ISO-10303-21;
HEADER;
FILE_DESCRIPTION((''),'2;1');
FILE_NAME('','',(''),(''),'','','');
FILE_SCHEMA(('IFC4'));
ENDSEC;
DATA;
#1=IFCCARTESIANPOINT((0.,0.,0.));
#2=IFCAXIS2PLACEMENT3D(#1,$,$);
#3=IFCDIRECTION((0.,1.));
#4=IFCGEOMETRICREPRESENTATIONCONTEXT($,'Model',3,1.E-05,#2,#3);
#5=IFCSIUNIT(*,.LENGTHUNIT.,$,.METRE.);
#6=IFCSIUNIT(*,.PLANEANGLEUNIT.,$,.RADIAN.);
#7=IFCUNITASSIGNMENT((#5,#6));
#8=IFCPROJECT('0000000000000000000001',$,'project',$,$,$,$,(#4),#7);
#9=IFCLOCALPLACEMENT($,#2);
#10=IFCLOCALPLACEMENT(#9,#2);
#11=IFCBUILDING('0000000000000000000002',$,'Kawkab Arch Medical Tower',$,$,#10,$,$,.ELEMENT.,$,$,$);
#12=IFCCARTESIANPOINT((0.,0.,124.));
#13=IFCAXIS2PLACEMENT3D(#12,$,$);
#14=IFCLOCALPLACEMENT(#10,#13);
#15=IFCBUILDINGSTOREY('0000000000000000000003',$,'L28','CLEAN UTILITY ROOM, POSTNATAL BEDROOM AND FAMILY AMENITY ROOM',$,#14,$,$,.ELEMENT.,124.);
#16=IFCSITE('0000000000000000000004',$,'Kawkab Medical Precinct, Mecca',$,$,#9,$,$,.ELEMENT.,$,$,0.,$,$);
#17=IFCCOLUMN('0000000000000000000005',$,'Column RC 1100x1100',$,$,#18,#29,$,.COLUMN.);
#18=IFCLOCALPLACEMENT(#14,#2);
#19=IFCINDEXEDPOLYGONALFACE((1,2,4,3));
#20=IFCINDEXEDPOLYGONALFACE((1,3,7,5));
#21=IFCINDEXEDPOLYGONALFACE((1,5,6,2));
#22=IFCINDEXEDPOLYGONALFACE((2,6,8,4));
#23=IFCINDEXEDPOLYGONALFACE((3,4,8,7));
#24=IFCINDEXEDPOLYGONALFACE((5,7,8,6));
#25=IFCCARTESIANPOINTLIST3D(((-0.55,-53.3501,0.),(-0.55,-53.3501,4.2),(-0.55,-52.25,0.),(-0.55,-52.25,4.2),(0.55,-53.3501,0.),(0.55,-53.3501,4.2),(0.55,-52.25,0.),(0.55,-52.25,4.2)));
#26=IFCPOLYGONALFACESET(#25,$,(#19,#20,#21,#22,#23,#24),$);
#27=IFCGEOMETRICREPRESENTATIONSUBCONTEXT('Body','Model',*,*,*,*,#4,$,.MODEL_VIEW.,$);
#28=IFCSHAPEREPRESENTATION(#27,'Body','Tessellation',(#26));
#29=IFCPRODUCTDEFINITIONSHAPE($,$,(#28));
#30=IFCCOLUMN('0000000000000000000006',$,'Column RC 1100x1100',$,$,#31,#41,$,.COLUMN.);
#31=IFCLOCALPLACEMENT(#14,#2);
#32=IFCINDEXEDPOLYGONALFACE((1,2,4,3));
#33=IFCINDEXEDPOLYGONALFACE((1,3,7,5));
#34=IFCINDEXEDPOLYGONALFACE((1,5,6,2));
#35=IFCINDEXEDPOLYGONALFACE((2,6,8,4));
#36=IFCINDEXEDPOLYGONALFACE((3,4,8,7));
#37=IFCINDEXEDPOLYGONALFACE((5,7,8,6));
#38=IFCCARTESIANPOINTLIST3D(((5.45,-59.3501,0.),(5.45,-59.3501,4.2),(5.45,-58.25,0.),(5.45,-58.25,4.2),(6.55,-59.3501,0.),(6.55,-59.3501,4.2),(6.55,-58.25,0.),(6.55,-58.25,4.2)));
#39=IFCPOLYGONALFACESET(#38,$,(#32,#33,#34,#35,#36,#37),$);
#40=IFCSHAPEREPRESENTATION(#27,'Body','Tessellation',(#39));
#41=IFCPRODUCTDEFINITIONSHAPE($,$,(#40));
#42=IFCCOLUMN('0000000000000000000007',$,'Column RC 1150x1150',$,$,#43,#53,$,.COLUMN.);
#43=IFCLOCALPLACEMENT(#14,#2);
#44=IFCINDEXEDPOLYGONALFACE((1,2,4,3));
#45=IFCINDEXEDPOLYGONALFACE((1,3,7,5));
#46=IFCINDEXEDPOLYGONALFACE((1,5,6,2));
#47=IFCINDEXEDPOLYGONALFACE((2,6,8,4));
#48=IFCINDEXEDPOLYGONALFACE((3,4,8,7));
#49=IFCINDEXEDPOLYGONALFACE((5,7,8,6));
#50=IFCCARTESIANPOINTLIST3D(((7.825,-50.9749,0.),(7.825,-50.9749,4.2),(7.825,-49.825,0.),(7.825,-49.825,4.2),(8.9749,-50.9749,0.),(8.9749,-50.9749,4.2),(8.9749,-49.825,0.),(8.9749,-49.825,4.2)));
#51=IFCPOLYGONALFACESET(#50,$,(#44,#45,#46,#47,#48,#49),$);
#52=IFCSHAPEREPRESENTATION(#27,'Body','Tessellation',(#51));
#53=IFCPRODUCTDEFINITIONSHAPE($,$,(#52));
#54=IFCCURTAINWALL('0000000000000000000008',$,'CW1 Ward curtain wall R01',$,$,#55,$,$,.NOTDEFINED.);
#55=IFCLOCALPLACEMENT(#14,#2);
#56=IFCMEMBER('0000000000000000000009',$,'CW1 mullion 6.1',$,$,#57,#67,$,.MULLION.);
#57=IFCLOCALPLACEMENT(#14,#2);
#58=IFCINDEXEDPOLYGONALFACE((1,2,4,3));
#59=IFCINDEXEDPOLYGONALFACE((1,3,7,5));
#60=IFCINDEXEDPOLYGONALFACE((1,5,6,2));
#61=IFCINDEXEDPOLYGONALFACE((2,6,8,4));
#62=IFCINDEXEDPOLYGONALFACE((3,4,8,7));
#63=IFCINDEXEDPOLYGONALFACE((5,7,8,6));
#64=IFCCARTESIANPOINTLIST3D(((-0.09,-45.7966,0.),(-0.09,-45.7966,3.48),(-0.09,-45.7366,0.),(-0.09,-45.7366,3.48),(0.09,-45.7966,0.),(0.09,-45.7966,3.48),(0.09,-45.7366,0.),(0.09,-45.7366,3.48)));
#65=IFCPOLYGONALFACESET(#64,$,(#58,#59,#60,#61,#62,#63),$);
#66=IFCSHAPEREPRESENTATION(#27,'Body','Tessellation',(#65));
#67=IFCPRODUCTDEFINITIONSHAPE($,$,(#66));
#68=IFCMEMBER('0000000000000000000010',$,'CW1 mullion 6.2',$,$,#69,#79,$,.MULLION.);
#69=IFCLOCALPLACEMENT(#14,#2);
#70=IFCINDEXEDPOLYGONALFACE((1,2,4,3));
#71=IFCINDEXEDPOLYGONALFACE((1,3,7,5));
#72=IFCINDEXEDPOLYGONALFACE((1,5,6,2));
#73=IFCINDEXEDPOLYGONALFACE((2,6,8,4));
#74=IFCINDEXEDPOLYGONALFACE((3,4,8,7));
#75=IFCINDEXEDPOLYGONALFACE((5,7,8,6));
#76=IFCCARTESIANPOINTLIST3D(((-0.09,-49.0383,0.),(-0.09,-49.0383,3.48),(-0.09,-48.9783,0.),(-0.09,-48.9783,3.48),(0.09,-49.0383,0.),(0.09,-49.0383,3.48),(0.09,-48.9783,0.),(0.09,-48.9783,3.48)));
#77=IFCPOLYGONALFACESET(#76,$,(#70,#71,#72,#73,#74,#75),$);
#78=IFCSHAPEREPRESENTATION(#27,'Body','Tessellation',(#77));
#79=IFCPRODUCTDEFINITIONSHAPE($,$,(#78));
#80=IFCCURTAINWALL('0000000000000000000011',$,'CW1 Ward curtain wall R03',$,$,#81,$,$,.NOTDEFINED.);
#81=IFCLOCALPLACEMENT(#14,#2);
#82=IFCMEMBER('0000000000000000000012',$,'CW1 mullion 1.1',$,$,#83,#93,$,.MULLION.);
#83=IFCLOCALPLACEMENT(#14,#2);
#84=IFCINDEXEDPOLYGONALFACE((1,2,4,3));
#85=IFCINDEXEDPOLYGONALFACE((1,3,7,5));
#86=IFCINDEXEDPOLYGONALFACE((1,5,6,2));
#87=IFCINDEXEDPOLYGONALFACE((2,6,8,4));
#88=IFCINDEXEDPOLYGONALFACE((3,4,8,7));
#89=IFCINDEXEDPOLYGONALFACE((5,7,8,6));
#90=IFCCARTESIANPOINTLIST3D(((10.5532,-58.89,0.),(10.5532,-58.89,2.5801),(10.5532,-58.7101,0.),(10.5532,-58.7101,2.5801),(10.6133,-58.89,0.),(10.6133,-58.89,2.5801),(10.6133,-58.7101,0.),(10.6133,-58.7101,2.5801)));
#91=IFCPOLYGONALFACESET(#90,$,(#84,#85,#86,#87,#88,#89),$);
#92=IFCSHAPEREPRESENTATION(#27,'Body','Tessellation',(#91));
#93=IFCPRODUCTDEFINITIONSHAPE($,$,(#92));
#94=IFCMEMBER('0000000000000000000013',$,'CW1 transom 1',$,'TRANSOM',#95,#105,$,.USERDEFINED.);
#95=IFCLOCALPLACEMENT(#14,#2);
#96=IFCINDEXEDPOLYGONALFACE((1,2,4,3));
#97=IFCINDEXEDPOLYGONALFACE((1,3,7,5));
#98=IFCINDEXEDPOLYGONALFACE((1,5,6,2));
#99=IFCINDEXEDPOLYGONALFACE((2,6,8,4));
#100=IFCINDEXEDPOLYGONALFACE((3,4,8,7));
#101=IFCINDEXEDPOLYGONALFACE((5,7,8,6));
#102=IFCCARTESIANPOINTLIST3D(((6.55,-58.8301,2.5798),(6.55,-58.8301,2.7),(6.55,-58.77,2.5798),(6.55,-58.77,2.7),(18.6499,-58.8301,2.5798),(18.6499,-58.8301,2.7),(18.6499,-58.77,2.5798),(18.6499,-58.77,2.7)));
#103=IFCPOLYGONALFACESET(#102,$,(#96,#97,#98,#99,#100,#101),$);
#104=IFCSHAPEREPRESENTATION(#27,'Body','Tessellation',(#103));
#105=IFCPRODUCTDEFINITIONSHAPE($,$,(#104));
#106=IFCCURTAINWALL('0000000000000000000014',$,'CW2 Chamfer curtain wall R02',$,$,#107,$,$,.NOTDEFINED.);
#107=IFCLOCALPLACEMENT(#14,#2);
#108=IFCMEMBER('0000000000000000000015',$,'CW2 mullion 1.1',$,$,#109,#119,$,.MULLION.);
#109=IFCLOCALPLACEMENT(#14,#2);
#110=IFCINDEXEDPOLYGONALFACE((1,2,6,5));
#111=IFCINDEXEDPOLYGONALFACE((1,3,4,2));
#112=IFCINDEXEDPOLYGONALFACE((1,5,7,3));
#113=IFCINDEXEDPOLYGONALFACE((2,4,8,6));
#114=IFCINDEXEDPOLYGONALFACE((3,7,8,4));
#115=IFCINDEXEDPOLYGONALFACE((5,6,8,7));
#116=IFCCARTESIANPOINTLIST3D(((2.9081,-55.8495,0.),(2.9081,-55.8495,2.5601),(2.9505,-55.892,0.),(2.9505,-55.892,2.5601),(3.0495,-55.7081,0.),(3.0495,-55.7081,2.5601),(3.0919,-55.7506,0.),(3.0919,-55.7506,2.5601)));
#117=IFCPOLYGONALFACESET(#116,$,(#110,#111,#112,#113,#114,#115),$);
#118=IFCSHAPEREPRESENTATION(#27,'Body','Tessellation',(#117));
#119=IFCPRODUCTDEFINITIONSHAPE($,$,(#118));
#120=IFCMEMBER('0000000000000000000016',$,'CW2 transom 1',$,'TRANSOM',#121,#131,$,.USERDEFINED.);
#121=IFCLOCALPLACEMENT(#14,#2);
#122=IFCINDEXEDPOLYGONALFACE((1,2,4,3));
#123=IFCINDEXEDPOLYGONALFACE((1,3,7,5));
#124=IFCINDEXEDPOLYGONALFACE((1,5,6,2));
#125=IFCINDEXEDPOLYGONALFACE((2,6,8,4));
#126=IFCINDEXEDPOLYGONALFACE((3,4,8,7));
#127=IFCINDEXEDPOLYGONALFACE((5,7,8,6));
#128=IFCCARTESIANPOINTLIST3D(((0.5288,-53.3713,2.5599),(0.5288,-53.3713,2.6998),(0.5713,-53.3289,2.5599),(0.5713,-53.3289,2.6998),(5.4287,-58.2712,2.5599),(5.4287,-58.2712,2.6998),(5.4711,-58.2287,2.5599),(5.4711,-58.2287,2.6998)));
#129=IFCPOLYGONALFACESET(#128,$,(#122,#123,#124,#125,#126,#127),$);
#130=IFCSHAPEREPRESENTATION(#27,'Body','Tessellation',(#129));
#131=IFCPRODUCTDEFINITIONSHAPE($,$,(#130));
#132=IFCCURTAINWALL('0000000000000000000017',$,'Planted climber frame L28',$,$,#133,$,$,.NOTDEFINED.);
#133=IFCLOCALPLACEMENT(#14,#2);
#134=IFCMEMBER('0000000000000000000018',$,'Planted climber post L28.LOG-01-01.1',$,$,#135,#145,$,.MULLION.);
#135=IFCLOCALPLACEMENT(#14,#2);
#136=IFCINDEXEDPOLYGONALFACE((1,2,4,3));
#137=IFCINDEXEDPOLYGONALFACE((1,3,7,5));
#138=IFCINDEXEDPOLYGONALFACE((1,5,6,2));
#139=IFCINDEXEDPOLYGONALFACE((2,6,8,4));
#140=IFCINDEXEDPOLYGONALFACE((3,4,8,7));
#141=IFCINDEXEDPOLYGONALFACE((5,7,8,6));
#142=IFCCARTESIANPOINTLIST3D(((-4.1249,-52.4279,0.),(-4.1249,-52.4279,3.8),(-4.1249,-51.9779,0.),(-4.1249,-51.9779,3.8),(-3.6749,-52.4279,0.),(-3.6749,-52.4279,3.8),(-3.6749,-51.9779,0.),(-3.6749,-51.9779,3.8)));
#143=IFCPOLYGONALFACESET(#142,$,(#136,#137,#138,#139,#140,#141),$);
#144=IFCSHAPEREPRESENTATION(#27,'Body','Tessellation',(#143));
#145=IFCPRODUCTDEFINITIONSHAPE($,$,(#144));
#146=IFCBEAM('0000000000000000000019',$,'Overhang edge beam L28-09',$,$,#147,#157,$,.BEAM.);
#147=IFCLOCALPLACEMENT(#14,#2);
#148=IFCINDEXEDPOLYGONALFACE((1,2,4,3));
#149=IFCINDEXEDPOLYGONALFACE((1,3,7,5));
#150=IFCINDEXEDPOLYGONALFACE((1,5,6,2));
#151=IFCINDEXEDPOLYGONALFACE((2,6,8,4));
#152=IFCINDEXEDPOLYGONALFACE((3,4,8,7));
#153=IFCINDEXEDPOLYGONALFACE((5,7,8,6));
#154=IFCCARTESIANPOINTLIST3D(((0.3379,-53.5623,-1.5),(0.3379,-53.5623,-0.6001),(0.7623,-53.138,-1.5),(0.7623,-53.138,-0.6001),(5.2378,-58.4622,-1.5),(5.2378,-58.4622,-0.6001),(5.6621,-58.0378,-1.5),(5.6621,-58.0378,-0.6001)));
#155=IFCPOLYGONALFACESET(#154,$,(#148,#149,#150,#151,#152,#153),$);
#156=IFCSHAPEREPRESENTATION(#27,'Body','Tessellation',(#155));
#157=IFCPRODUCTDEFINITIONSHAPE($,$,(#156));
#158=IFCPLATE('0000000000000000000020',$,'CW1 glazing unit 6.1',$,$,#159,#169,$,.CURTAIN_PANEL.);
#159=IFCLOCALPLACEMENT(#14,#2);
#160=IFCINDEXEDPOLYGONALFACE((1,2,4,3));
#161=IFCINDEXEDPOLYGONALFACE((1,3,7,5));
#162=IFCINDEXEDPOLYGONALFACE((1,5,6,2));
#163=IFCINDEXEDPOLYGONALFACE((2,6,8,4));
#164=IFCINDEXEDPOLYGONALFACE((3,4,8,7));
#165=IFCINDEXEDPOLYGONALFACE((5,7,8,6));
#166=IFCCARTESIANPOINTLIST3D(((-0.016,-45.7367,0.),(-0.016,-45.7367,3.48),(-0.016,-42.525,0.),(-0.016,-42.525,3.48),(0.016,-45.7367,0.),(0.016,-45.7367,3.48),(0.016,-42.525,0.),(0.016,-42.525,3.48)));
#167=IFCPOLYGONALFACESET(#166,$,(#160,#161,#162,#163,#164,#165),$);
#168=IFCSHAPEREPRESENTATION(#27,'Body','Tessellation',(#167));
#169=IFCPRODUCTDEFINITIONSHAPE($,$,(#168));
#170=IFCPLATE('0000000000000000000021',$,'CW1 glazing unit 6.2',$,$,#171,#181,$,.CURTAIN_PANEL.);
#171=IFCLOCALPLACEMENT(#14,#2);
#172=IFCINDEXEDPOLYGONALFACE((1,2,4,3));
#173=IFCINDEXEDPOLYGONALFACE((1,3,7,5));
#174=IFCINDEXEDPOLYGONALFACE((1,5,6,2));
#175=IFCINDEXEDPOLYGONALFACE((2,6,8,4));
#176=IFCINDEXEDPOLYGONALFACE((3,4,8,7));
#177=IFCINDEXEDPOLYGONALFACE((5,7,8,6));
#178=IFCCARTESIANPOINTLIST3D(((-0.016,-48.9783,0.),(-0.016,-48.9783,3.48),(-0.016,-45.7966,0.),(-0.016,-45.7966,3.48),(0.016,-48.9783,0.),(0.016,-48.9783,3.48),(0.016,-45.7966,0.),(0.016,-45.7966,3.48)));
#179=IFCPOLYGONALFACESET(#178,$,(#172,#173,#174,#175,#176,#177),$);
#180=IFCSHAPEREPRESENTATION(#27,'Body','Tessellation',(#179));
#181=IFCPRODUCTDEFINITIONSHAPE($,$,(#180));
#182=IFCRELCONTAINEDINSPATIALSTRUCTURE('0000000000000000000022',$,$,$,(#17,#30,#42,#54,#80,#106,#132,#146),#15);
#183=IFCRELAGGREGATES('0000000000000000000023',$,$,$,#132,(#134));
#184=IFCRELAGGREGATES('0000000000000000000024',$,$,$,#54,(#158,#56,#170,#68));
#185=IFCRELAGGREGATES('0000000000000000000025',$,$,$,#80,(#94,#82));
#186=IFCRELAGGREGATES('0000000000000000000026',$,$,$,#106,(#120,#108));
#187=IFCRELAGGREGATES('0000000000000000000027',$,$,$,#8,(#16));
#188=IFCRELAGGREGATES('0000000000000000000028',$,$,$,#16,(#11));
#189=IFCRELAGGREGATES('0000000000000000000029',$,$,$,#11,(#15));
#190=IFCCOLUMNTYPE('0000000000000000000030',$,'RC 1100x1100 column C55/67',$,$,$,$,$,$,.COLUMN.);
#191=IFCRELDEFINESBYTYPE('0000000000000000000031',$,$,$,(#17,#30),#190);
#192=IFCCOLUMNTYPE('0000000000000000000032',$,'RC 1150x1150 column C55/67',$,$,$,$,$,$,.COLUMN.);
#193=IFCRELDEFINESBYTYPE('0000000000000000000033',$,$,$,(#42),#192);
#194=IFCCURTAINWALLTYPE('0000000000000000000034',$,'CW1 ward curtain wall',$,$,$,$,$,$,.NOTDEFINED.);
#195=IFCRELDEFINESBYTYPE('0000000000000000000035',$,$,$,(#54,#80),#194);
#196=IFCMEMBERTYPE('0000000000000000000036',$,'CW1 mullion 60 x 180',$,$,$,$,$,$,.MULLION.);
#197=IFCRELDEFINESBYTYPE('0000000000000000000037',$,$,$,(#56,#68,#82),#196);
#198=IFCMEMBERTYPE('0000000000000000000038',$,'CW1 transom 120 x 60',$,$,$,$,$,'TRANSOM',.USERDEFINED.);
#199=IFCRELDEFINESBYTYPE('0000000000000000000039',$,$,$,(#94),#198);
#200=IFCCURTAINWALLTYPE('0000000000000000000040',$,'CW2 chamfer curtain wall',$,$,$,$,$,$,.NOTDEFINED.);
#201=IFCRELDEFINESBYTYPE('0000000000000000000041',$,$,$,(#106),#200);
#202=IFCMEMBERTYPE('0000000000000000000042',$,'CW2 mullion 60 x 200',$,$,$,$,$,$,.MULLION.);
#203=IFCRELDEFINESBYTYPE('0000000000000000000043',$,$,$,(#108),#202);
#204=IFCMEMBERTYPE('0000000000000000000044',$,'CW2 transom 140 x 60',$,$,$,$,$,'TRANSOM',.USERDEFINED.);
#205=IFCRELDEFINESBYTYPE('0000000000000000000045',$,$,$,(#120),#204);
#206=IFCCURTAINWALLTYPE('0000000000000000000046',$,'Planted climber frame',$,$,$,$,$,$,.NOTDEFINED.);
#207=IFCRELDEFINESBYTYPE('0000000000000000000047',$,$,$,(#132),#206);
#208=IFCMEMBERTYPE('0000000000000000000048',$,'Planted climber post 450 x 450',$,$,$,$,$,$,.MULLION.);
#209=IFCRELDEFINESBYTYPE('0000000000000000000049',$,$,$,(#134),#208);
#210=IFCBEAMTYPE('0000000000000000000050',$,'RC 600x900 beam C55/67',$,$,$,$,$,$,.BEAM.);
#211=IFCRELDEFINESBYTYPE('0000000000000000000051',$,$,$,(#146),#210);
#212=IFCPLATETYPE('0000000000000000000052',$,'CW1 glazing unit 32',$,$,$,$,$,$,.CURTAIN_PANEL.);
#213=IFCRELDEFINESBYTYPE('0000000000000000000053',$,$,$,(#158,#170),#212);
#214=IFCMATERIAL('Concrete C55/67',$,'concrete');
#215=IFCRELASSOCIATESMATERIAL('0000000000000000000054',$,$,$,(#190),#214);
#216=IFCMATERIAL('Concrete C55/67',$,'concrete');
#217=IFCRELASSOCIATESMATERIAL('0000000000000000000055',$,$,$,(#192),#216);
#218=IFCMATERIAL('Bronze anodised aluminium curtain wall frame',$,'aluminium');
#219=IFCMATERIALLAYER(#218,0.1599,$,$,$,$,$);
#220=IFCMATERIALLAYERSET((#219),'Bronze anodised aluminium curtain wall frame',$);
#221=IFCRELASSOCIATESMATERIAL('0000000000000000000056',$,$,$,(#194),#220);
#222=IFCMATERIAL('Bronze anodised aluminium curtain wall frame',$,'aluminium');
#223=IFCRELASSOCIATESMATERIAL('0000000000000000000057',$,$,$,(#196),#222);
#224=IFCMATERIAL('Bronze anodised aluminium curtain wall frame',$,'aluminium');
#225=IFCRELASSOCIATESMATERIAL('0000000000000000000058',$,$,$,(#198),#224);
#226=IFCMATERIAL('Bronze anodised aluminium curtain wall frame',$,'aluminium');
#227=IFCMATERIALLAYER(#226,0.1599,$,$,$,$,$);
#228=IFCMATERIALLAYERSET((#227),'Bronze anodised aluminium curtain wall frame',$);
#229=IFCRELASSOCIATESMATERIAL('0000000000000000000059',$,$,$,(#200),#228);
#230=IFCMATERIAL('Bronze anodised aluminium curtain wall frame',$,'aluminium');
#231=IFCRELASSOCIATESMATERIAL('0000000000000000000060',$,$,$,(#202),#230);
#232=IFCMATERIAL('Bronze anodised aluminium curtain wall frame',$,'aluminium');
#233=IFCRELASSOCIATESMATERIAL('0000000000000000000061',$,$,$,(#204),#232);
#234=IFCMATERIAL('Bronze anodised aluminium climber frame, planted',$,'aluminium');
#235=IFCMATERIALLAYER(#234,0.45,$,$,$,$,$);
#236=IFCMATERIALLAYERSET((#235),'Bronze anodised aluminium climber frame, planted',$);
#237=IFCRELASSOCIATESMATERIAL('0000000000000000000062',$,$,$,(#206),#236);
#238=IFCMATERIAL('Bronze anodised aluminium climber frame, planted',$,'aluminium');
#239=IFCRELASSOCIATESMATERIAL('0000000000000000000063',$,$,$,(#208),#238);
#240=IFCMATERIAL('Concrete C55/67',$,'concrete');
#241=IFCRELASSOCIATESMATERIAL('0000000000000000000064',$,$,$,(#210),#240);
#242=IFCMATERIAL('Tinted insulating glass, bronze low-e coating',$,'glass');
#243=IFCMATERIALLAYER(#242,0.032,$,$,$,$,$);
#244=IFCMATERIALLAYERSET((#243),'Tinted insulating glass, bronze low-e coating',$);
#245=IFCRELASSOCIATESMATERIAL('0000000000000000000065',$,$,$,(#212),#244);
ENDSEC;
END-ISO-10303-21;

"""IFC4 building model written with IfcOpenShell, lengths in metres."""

from ifc_helpers import new_model, si_unit, direction, frame, origin, origin_2d, place, context, subcontext, project, spatial, rectangle, extrude, material, layer, layer_set, material_profile, profile_set, type_object, element, aggregate, save


model = new_model("IFC4")

# Units and contexts
model_context = context("Model", 3, precision=1e-05, world=origin(), true_north=direction((0.0, 1.0)))
body_context = subcontext(model_context, "Body", "Model", "MODEL_VIEW")
ifc_project = project(units=[si_unit("LENGTHUNIT", "METRE"), si_unit("PLANEANGLEUNIT", "RADIAN")], contexts=[model_context])

# Site, building, storey
site_placement = place(None, origin())
site = spatial("IfcSite", under=ifc_project, at=site_placement, Name="Kawkab Medical Precinct, Mecca", CompositionType="ELEMENT", RefElevation=0.0)
building_placement = place(site_placement, origin())
building = spatial("IfcBuilding", under=site, at=building_placement, Name="Kawkab Arch Medical Tower", CompositionType="ELEMENT")
storey_placement = place(building_placement, frame((0.0, 0.0, 124.0)))
storey = spatial("IfcBuildingStorey", under=building, at=storey_placement, Name="L28", Description="CLEAN UTILITY ROOM, POSTNATAL BEDROOM AND FAMILY AMENITY ROOM", CompositionType="ELEMENT", Elevation=124.0)

# Columns
ifc_material_1 = material(Name="Concrete C55/67", Category="concrete")
ifc_material_profile_1 = material_profile(ifc_material_1, rectangle(XDim=1.1001, YDim=1.1001, at=origin_2d()), Name="RC 1100x1100")
ifc_profile_set_1 = profile_set([ifc_material_profile_1], Name="Concrete C55/67")
column_type_1 = type_object("IfcColumnType", Name="RC 1100x1100 column C55/67", PredefinedType="COLUMN", material=ifc_profile_set_1)
for number, where, z_axis, x_axis, name in (
    (1, (0.0, -52.8, 0.0), (0.0, 0.0, 1.0), (1.0, 0.0, 0.0), "Column RC 1100x1100"),
    (2, (6.0, -58.8, 0.0), (0.0, 0.0, 1.0), (1.0, 0.0, 0.0), "Column RC 1100x1100"),
):
    element("IfcColumn", number, at=place(storey_placement, frame(where, z_axis=z_axis, x_axis=x_axis)), inside=storey, type_object=column_type_1, Name=name, PredefinedType="COLUMN", context=body_context, shape_type="SweptSolid", body=[
        extrude(rectangle(XDim=1.1001, YDim=1.1001, at=origin_2d()), origin(), (0.0, 0.0, 1.0), 4.2),
    ])
ifc_material_2 = material(Name="Concrete C55/67", Category="concrete")
ifc_material_profile_2 = material_profile(ifc_material_2, rectangle(XDim=1.1499, YDim=1.1499, at=origin_2d()), Name="RC 1150x1150")
ifc_profile_set_2 = profile_set([ifc_material_profile_2], Name="Concrete C55/67")
column_type_2 = type_object("IfcColumnType", Name="RC 1150x1150 column C55/67", PredefinedType="COLUMN", material=ifc_profile_set_2)
column_placement = place(storey_placement, frame((8.3999, -50.3999, 0.0), z_axis=(0.0, 0.0, 1.0), x_axis=(1.0, 0.0, 0.0)))
element("IfcColumn", 3, at=column_placement, inside=storey, type_object=column_type_2, Name="Column RC 1150x1150", PredefinedType="COLUMN", context=body_context, shape_type="SweptSolid", body=[
    extrude(rectangle(XDim=1.1499, YDim=1.1499, at=origin_2d()), origin(), (0.0, 0.0, 1.0), 4.2),
])

# Curtain walls, members
ifc_material_3 = material(Name="Bronze anodised aluminium curtain wall frame", Category="aluminium")
ifc_layer_1 = layer(ifc_material_3, 0.1599)
ifc_layer_set_1 = layer_set([ifc_layer_1], Name="Bronze anodised aluminium curtain wall frame")
curtain_wall_type_1 = type_object("IfcCurtainWallType", Name="CW1 ward curtain wall", PredefinedType="NOTDEFINED", material=ifc_layer_set_1)
placement = place(storey_placement, origin())
curtain_wall_1 = element("IfcCurtainWall", 4, at=placement, inside=storey, type_object=curtain_wall_type_1, Name="CW1 Ward curtain wall R01", PredefinedType="NOTDEFINED")
ifc_material_4 = material(Name="Bronze anodised aluminium curtain wall frame", Category="aluminium")
ifc_material_profile_3 = material_profile(ifc_material_4, rectangle(XDim=0.1799, YDim=0.0601, at=origin_2d()), Name="AL 60x180")
ifc_profile_set_3 = profile_set([ifc_material_profile_3], Name="Bronze anodised aluminium curtain wall frame")
member_type_1 = type_object("IfcMemberType", Name="CW1 mullion 60 x 180", PredefinedType="MULLION", material=ifc_profile_set_3)
member_1_placement = place(storey_placement, frame((0.0, -45.7666, 0.0), z_axis=(0.0, 0.0, 1.0), x_axis=(1.0, 0.0, 0.0)))
member_1 = element("IfcMember", 5, at=member_1_placement, type_object=member_type_1, Name="CW1 mullion 6.1", PredefinedType="MULLION", context=body_context, shape_type="SweptSolid", body=[
    extrude(rectangle(XDim=0.1799, YDim=0.0601, at=origin_2d()), origin(), (0.0, 0.0, 1.0), 3.48),
])
member_2_placement = place(storey_placement, frame((0.0, -49.0083, 0.0), z_axis=(0.0, 0.0, 1.0), x_axis=(1.0, 0.0, 0.0)))
member_2 = element("IfcMember", 6, at=member_2_placement, type_object=member_type_1, Name="CW1 mullion 6.2", PredefinedType="MULLION", context=body_context, shape_type="SweptSolid", body=[
    extrude(rectangle(XDim=0.1799, YDim=0.0601, at=origin_2d()), origin(), (0.0, 0.0, 1.0), 3.48),
])
curtain_wall_2 = element("IfcCurtainWall", 7, at=placement, inside=storey, type_object=curtain_wall_type_1, Name="CW1 Ward curtain wall R03", PredefinedType="NOTDEFINED")
member_3_placement = place(storey_placement, frame((10.5833, -58.8, 0.0), z_axis=(0.0, 0.0, 1.0), x_axis=(0.0, 1.0, 0.0)))
member_3 = element("IfcMember", 8, at=member_3_placement, type_object=member_type_1, Name="CW1 mullion 1.1", PredefinedType="MULLION", context=body_context, shape_type="SweptSolid", body=[
    extrude(rectangle(XDim=0.1799, YDim=0.0601, at=origin_2d()), origin(), (0.0, 0.0, 1.0), 2.5801),
])
ifc_material_5 = material(Name="Bronze anodised aluminium curtain wall frame", Category="aluminium")
ifc_material_profile_4 = material_profile(ifc_material_5, rectangle(XDim=0.0601, YDim=0.1201, at=origin_2d()), Name="AL 60x120")
ifc_profile_set_4 = profile_set([ifc_material_profile_4], Name="Bronze anodised aluminium curtain wall frame")
member_type_2 = type_object("IfcMemberType", Name="CW1 transom 120 x 60", ElementType="TRANSOM", PredefinedType="USERDEFINED", material=ifc_profile_set_4)
member_4_placement = place(storey_placement, frame((6.55, -58.8, 2.6399), z_axis=(1.0, 0.0, 0.0), x_axis=(0.0, 1.0, 0.0)))
member_4 = element("IfcMember", 9, at=member_4_placement, type_object=member_type_2, Name="CW1 transom 1", ObjectType="TRANSOM", PredefinedType="USERDEFINED", context=body_context, shape_type="SweptSolid", body=[
    extrude(rectangle(XDim=0.0601, YDim=0.1201, at=origin_2d()), origin(), (0.0, 0.0, 1.0), 12.0999),
])
ifc_material_6 = material(Name="Bronze anodised aluminium curtain wall frame", Category="aluminium")
ifc_layer_2 = layer(ifc_material_6, 0.1599)
ifc_layer_set_2 = layer_set([ifc_layer_2], Name="Bronze anodised aluminium curtain wall frame")
curtain_wall_type_2 = type_object("IfcCurtainWallType", Name="CW2 chamfer curtain wall", PredefinedType="NOTDEFINED", material=ifc_layer_set_2)
curtain_wall_3 = element("IfcCurtainWall", 10, at=placement, inside=storey, type_object=curtain_wall_type_2, Name="CW2 Chamfer curtain wall R02", PredefinedType="NOTDEFINED")
ifc_material_7 = material(Name="Bronze anodised aluminium curtain wall frame", Category="aluminium")
ifc_material_profile_5 = material_profile(ifc_material_7, rectangle(XDim=0.2, YDim=0.0601, at=origin_2d()), Name="AL 60x200")
ifc_profile_set_5 = profile_set([ifc_material_profile_5], Name="Bronze anodised aluminium curtain wall frame")
member_type_3 = type_object("IfcMemberType", Name="CW2 mullion 60 x 200", PredefinedType="MULLION", material=ifc_profile_set_5)
member_5_placement = place(storey_placement, frame((3.0, -55.8, 0.0), z_axis=(0.0, 0.0, 1.0), x_axis=(0.707107, 0.707107, 0.0)))
member_5 = element("IfcMember", 11, at=member_5_placement, type_object=member_type_3, Name="CW2 mullion 1.1", PredefinedType="MULLION", context=body_context, shape_type="SweptSolid", body=[
    extrude(rectangle(XDim=0.2, YDim=0.0601, at=origin_2d()), origin(), (0.0, 0.0, 1.0), 2.5601),
])
ifc_material_8 = material(Name="Bronze anodised aluminium curtain wall frame", Category="aluminium")
ifc_material_profile_6 = material_profile(ifc_material_8, rectangle(XDim=0.0601, YDim=0.1399, at=origin_2d()), Name="AL 60x140")
ifc_profile_set_6 = profile_set([ifc_material_profile_6], Name="Bronze anodised aluminium curtain wall frame")
member_type_4 = type_object("IfcMemberType", Name="CW2 transom 140 x 60", ElementType="TRANSOM", PredefinedType="USERDEFINED", material=ifc_profile_set_6)
member_6_placement = place(storey_placement, frame((0.55, -53.3501, 2.6299), z_axis=(0.707107, -0.707107, 0.0), x_axis=(0.707107, 0.707107, 0.0)))
member_6 = element("IfcMember", 12, at=member_6_placement, type_object=member_type_4, Name="CW2 transom 1", ObjectType="TRANSOM", PredefinedType="USERDEFINED", context=body_context, shape_type="SweptSolid", body=[
    extrude(rectangle(XDim=0.0601, YDim=0.1399, at=origin_2d()), origin(), (0.0, 0.0, 1.0), 6.9294),
])

# Curtain wall, member
ifc_material_9 = material(Name="Bronze anodised aluminium climber frame, planted", Category="aluminium")
ifc_layer_3 = layer(ifc_material_9, 0.45)
ifc_layer_set_3 = layer_set([ifc_layer_3], Name="Bronze anodised aluminium climber frame, planted")
curtain_wall_type_3 = type_object("IfcCurtainWallType", Name="Planted climber frame", PredefinedType="NOTDEFINED", material=ifc_layer_set_3)
curtain_wall_4 = element("IfcCurtainWall", 13, at=placement, inside=storey, type_object=curtain_wall_type_3, Name="Planted climber frame L28", PredefinedType="NOTDEFINED")
ifc_material_10 = material(Name="Bronze anodised aluminium climber frame, planted", Category="aluminium")
ifc_material_profile_7 = material_profile(ifc_material_10, rectangle(XDim=0.45, YDim=0.45, at=origin_2d()), Name="Post 450x450")
ifc_profile_set_7 = profile_set([ifc_material_profile_7], Name="Bronze anodised aluminium climber frame, planted")
member_type_5 = type_object("IfcMemberType", Name="Planted climber post 450 x 450", PredefinedType="MULLION", material=ifc_profile_set_7)
member_7_placement = place(storey_placement, frame((-3.8999, -52.2029, 0.0), z_axis=(0.0, 0.0, 1.0), x_axis=(1.0, 0.0, 0.0)))
member_7 = element("IfcMember", 14, at=member_7_placement, type_object=member_type_5, Name="Planted climber post L28.LOG-01-01.1", PredefinedType="MULLION", context=body_context, shape_type="SweptSolid", body=[
    extrude(rectangle(XDim=0.45, YDim=0.45, at=origin_2d()), origin(), (0.0, 0.0, 1.0), 3.8),
])
aggregate(curtain_wall_4, [member_7])

# Beam
ifc_material_11 = material(Name="Concrete C55/67", Category="concrete")
ifc_material_profile_8 = material_profile(ifc_material_11, rectangle(XDim=0.6001, YDim=0.8999, at=origin_2d()), Name="RC 600x900")
ifc_profile_set_8 = profile_set([ifc_material_profile_8], Name="Concrete C55/67")
beam_type = type_object("IfcBeamType", Name="RC 600x900 beam C55/67", PredefinedType="BEAM", material=ifc_profile_set_8)
beam_placement = place(storey_placement, frame((5.45, -58.25, -1.05), z_axis=(-0.707107, 0.707107, 0.0), x_axis=(-0.707107, -0.707107, 0.0)))
element("IfcBeam", 15, at=beam_placement, inside=storey, type_object=beam_type, Name="Overhang edge beam L28-09", PredefinedType="BEAM", context=body_context, shape_type="SweptSolid", body=[
    extrude(rectangle(XDim=0.6001, YDim=0.8999, at=origin_2d()), origin(), (0.0, 0.0, 1.0), 6.9294),
])

# Plates
ifc_material_12 = material(Name="Tinted insulating glass, bronze low-e coating", Category="glass")
ifc_layer_4 = layer(ifc_material_12, 0.032)
ifc_layer_set_4 = layer_set([ifc_layer_4], Name="Tinted insulating glass, bronze low-e coating")
plate_type_1 = type_object("IfcPlateType", Name="CW1 glazing unit 32", PredefinedType="CURTAIN_PANEL", material=ifc_layer_set_4)
plate_1_placement = place(storey_placement, frame((0.0, -44.1309, 0.0), z_axis=(0.0, 0.0, 1.0), x_axis=(0.0, -1.0, 0.0)))
plate_1 = element("IfcPlate", 16, at=plate_1_placement, type_object=plate_type_1, Name="CW1 glazing unit 6.1", PredefinedType="CURTAIN_PANEL", context=body_context, shape_type="SweptSolid", body=[
    extrude(rectangle(XDim=3.2117, YDim=0.032, at=origin_2d()), origin(), (0.0, 0.0, 1.0), 3.48),
])
plate_2_placement = place(storey_placement, frame((0.0, -47.3875, 0.0), z_axis=(0.0, 0.0, 1.0), x_axis=(0.0, -1.0, 0.0)))
plate_2 = element("IfcPlate", 17, at=plate_2_placement, type_object=plate_type_1, Name="CW1 glazing unit 6.2", PredefinedType="CURTAIN_PANEL", context=body_context, shape_type="SweptSolid", body=[
    extrude(rectangle(XDim=3.1816, YDim=0.032, at=origin_2d()), origin(), (0.0, 0.0, 1.0), 3.48),
])
aggregate(curtain_wall_1, [plate_1, member_1, plate_2, member_2])
aggregate(curtain_wall_2, [member_4, member_3])
aggregate(curtain_wall_3, [member_6, member_5])

save(model, "model.ifc")
